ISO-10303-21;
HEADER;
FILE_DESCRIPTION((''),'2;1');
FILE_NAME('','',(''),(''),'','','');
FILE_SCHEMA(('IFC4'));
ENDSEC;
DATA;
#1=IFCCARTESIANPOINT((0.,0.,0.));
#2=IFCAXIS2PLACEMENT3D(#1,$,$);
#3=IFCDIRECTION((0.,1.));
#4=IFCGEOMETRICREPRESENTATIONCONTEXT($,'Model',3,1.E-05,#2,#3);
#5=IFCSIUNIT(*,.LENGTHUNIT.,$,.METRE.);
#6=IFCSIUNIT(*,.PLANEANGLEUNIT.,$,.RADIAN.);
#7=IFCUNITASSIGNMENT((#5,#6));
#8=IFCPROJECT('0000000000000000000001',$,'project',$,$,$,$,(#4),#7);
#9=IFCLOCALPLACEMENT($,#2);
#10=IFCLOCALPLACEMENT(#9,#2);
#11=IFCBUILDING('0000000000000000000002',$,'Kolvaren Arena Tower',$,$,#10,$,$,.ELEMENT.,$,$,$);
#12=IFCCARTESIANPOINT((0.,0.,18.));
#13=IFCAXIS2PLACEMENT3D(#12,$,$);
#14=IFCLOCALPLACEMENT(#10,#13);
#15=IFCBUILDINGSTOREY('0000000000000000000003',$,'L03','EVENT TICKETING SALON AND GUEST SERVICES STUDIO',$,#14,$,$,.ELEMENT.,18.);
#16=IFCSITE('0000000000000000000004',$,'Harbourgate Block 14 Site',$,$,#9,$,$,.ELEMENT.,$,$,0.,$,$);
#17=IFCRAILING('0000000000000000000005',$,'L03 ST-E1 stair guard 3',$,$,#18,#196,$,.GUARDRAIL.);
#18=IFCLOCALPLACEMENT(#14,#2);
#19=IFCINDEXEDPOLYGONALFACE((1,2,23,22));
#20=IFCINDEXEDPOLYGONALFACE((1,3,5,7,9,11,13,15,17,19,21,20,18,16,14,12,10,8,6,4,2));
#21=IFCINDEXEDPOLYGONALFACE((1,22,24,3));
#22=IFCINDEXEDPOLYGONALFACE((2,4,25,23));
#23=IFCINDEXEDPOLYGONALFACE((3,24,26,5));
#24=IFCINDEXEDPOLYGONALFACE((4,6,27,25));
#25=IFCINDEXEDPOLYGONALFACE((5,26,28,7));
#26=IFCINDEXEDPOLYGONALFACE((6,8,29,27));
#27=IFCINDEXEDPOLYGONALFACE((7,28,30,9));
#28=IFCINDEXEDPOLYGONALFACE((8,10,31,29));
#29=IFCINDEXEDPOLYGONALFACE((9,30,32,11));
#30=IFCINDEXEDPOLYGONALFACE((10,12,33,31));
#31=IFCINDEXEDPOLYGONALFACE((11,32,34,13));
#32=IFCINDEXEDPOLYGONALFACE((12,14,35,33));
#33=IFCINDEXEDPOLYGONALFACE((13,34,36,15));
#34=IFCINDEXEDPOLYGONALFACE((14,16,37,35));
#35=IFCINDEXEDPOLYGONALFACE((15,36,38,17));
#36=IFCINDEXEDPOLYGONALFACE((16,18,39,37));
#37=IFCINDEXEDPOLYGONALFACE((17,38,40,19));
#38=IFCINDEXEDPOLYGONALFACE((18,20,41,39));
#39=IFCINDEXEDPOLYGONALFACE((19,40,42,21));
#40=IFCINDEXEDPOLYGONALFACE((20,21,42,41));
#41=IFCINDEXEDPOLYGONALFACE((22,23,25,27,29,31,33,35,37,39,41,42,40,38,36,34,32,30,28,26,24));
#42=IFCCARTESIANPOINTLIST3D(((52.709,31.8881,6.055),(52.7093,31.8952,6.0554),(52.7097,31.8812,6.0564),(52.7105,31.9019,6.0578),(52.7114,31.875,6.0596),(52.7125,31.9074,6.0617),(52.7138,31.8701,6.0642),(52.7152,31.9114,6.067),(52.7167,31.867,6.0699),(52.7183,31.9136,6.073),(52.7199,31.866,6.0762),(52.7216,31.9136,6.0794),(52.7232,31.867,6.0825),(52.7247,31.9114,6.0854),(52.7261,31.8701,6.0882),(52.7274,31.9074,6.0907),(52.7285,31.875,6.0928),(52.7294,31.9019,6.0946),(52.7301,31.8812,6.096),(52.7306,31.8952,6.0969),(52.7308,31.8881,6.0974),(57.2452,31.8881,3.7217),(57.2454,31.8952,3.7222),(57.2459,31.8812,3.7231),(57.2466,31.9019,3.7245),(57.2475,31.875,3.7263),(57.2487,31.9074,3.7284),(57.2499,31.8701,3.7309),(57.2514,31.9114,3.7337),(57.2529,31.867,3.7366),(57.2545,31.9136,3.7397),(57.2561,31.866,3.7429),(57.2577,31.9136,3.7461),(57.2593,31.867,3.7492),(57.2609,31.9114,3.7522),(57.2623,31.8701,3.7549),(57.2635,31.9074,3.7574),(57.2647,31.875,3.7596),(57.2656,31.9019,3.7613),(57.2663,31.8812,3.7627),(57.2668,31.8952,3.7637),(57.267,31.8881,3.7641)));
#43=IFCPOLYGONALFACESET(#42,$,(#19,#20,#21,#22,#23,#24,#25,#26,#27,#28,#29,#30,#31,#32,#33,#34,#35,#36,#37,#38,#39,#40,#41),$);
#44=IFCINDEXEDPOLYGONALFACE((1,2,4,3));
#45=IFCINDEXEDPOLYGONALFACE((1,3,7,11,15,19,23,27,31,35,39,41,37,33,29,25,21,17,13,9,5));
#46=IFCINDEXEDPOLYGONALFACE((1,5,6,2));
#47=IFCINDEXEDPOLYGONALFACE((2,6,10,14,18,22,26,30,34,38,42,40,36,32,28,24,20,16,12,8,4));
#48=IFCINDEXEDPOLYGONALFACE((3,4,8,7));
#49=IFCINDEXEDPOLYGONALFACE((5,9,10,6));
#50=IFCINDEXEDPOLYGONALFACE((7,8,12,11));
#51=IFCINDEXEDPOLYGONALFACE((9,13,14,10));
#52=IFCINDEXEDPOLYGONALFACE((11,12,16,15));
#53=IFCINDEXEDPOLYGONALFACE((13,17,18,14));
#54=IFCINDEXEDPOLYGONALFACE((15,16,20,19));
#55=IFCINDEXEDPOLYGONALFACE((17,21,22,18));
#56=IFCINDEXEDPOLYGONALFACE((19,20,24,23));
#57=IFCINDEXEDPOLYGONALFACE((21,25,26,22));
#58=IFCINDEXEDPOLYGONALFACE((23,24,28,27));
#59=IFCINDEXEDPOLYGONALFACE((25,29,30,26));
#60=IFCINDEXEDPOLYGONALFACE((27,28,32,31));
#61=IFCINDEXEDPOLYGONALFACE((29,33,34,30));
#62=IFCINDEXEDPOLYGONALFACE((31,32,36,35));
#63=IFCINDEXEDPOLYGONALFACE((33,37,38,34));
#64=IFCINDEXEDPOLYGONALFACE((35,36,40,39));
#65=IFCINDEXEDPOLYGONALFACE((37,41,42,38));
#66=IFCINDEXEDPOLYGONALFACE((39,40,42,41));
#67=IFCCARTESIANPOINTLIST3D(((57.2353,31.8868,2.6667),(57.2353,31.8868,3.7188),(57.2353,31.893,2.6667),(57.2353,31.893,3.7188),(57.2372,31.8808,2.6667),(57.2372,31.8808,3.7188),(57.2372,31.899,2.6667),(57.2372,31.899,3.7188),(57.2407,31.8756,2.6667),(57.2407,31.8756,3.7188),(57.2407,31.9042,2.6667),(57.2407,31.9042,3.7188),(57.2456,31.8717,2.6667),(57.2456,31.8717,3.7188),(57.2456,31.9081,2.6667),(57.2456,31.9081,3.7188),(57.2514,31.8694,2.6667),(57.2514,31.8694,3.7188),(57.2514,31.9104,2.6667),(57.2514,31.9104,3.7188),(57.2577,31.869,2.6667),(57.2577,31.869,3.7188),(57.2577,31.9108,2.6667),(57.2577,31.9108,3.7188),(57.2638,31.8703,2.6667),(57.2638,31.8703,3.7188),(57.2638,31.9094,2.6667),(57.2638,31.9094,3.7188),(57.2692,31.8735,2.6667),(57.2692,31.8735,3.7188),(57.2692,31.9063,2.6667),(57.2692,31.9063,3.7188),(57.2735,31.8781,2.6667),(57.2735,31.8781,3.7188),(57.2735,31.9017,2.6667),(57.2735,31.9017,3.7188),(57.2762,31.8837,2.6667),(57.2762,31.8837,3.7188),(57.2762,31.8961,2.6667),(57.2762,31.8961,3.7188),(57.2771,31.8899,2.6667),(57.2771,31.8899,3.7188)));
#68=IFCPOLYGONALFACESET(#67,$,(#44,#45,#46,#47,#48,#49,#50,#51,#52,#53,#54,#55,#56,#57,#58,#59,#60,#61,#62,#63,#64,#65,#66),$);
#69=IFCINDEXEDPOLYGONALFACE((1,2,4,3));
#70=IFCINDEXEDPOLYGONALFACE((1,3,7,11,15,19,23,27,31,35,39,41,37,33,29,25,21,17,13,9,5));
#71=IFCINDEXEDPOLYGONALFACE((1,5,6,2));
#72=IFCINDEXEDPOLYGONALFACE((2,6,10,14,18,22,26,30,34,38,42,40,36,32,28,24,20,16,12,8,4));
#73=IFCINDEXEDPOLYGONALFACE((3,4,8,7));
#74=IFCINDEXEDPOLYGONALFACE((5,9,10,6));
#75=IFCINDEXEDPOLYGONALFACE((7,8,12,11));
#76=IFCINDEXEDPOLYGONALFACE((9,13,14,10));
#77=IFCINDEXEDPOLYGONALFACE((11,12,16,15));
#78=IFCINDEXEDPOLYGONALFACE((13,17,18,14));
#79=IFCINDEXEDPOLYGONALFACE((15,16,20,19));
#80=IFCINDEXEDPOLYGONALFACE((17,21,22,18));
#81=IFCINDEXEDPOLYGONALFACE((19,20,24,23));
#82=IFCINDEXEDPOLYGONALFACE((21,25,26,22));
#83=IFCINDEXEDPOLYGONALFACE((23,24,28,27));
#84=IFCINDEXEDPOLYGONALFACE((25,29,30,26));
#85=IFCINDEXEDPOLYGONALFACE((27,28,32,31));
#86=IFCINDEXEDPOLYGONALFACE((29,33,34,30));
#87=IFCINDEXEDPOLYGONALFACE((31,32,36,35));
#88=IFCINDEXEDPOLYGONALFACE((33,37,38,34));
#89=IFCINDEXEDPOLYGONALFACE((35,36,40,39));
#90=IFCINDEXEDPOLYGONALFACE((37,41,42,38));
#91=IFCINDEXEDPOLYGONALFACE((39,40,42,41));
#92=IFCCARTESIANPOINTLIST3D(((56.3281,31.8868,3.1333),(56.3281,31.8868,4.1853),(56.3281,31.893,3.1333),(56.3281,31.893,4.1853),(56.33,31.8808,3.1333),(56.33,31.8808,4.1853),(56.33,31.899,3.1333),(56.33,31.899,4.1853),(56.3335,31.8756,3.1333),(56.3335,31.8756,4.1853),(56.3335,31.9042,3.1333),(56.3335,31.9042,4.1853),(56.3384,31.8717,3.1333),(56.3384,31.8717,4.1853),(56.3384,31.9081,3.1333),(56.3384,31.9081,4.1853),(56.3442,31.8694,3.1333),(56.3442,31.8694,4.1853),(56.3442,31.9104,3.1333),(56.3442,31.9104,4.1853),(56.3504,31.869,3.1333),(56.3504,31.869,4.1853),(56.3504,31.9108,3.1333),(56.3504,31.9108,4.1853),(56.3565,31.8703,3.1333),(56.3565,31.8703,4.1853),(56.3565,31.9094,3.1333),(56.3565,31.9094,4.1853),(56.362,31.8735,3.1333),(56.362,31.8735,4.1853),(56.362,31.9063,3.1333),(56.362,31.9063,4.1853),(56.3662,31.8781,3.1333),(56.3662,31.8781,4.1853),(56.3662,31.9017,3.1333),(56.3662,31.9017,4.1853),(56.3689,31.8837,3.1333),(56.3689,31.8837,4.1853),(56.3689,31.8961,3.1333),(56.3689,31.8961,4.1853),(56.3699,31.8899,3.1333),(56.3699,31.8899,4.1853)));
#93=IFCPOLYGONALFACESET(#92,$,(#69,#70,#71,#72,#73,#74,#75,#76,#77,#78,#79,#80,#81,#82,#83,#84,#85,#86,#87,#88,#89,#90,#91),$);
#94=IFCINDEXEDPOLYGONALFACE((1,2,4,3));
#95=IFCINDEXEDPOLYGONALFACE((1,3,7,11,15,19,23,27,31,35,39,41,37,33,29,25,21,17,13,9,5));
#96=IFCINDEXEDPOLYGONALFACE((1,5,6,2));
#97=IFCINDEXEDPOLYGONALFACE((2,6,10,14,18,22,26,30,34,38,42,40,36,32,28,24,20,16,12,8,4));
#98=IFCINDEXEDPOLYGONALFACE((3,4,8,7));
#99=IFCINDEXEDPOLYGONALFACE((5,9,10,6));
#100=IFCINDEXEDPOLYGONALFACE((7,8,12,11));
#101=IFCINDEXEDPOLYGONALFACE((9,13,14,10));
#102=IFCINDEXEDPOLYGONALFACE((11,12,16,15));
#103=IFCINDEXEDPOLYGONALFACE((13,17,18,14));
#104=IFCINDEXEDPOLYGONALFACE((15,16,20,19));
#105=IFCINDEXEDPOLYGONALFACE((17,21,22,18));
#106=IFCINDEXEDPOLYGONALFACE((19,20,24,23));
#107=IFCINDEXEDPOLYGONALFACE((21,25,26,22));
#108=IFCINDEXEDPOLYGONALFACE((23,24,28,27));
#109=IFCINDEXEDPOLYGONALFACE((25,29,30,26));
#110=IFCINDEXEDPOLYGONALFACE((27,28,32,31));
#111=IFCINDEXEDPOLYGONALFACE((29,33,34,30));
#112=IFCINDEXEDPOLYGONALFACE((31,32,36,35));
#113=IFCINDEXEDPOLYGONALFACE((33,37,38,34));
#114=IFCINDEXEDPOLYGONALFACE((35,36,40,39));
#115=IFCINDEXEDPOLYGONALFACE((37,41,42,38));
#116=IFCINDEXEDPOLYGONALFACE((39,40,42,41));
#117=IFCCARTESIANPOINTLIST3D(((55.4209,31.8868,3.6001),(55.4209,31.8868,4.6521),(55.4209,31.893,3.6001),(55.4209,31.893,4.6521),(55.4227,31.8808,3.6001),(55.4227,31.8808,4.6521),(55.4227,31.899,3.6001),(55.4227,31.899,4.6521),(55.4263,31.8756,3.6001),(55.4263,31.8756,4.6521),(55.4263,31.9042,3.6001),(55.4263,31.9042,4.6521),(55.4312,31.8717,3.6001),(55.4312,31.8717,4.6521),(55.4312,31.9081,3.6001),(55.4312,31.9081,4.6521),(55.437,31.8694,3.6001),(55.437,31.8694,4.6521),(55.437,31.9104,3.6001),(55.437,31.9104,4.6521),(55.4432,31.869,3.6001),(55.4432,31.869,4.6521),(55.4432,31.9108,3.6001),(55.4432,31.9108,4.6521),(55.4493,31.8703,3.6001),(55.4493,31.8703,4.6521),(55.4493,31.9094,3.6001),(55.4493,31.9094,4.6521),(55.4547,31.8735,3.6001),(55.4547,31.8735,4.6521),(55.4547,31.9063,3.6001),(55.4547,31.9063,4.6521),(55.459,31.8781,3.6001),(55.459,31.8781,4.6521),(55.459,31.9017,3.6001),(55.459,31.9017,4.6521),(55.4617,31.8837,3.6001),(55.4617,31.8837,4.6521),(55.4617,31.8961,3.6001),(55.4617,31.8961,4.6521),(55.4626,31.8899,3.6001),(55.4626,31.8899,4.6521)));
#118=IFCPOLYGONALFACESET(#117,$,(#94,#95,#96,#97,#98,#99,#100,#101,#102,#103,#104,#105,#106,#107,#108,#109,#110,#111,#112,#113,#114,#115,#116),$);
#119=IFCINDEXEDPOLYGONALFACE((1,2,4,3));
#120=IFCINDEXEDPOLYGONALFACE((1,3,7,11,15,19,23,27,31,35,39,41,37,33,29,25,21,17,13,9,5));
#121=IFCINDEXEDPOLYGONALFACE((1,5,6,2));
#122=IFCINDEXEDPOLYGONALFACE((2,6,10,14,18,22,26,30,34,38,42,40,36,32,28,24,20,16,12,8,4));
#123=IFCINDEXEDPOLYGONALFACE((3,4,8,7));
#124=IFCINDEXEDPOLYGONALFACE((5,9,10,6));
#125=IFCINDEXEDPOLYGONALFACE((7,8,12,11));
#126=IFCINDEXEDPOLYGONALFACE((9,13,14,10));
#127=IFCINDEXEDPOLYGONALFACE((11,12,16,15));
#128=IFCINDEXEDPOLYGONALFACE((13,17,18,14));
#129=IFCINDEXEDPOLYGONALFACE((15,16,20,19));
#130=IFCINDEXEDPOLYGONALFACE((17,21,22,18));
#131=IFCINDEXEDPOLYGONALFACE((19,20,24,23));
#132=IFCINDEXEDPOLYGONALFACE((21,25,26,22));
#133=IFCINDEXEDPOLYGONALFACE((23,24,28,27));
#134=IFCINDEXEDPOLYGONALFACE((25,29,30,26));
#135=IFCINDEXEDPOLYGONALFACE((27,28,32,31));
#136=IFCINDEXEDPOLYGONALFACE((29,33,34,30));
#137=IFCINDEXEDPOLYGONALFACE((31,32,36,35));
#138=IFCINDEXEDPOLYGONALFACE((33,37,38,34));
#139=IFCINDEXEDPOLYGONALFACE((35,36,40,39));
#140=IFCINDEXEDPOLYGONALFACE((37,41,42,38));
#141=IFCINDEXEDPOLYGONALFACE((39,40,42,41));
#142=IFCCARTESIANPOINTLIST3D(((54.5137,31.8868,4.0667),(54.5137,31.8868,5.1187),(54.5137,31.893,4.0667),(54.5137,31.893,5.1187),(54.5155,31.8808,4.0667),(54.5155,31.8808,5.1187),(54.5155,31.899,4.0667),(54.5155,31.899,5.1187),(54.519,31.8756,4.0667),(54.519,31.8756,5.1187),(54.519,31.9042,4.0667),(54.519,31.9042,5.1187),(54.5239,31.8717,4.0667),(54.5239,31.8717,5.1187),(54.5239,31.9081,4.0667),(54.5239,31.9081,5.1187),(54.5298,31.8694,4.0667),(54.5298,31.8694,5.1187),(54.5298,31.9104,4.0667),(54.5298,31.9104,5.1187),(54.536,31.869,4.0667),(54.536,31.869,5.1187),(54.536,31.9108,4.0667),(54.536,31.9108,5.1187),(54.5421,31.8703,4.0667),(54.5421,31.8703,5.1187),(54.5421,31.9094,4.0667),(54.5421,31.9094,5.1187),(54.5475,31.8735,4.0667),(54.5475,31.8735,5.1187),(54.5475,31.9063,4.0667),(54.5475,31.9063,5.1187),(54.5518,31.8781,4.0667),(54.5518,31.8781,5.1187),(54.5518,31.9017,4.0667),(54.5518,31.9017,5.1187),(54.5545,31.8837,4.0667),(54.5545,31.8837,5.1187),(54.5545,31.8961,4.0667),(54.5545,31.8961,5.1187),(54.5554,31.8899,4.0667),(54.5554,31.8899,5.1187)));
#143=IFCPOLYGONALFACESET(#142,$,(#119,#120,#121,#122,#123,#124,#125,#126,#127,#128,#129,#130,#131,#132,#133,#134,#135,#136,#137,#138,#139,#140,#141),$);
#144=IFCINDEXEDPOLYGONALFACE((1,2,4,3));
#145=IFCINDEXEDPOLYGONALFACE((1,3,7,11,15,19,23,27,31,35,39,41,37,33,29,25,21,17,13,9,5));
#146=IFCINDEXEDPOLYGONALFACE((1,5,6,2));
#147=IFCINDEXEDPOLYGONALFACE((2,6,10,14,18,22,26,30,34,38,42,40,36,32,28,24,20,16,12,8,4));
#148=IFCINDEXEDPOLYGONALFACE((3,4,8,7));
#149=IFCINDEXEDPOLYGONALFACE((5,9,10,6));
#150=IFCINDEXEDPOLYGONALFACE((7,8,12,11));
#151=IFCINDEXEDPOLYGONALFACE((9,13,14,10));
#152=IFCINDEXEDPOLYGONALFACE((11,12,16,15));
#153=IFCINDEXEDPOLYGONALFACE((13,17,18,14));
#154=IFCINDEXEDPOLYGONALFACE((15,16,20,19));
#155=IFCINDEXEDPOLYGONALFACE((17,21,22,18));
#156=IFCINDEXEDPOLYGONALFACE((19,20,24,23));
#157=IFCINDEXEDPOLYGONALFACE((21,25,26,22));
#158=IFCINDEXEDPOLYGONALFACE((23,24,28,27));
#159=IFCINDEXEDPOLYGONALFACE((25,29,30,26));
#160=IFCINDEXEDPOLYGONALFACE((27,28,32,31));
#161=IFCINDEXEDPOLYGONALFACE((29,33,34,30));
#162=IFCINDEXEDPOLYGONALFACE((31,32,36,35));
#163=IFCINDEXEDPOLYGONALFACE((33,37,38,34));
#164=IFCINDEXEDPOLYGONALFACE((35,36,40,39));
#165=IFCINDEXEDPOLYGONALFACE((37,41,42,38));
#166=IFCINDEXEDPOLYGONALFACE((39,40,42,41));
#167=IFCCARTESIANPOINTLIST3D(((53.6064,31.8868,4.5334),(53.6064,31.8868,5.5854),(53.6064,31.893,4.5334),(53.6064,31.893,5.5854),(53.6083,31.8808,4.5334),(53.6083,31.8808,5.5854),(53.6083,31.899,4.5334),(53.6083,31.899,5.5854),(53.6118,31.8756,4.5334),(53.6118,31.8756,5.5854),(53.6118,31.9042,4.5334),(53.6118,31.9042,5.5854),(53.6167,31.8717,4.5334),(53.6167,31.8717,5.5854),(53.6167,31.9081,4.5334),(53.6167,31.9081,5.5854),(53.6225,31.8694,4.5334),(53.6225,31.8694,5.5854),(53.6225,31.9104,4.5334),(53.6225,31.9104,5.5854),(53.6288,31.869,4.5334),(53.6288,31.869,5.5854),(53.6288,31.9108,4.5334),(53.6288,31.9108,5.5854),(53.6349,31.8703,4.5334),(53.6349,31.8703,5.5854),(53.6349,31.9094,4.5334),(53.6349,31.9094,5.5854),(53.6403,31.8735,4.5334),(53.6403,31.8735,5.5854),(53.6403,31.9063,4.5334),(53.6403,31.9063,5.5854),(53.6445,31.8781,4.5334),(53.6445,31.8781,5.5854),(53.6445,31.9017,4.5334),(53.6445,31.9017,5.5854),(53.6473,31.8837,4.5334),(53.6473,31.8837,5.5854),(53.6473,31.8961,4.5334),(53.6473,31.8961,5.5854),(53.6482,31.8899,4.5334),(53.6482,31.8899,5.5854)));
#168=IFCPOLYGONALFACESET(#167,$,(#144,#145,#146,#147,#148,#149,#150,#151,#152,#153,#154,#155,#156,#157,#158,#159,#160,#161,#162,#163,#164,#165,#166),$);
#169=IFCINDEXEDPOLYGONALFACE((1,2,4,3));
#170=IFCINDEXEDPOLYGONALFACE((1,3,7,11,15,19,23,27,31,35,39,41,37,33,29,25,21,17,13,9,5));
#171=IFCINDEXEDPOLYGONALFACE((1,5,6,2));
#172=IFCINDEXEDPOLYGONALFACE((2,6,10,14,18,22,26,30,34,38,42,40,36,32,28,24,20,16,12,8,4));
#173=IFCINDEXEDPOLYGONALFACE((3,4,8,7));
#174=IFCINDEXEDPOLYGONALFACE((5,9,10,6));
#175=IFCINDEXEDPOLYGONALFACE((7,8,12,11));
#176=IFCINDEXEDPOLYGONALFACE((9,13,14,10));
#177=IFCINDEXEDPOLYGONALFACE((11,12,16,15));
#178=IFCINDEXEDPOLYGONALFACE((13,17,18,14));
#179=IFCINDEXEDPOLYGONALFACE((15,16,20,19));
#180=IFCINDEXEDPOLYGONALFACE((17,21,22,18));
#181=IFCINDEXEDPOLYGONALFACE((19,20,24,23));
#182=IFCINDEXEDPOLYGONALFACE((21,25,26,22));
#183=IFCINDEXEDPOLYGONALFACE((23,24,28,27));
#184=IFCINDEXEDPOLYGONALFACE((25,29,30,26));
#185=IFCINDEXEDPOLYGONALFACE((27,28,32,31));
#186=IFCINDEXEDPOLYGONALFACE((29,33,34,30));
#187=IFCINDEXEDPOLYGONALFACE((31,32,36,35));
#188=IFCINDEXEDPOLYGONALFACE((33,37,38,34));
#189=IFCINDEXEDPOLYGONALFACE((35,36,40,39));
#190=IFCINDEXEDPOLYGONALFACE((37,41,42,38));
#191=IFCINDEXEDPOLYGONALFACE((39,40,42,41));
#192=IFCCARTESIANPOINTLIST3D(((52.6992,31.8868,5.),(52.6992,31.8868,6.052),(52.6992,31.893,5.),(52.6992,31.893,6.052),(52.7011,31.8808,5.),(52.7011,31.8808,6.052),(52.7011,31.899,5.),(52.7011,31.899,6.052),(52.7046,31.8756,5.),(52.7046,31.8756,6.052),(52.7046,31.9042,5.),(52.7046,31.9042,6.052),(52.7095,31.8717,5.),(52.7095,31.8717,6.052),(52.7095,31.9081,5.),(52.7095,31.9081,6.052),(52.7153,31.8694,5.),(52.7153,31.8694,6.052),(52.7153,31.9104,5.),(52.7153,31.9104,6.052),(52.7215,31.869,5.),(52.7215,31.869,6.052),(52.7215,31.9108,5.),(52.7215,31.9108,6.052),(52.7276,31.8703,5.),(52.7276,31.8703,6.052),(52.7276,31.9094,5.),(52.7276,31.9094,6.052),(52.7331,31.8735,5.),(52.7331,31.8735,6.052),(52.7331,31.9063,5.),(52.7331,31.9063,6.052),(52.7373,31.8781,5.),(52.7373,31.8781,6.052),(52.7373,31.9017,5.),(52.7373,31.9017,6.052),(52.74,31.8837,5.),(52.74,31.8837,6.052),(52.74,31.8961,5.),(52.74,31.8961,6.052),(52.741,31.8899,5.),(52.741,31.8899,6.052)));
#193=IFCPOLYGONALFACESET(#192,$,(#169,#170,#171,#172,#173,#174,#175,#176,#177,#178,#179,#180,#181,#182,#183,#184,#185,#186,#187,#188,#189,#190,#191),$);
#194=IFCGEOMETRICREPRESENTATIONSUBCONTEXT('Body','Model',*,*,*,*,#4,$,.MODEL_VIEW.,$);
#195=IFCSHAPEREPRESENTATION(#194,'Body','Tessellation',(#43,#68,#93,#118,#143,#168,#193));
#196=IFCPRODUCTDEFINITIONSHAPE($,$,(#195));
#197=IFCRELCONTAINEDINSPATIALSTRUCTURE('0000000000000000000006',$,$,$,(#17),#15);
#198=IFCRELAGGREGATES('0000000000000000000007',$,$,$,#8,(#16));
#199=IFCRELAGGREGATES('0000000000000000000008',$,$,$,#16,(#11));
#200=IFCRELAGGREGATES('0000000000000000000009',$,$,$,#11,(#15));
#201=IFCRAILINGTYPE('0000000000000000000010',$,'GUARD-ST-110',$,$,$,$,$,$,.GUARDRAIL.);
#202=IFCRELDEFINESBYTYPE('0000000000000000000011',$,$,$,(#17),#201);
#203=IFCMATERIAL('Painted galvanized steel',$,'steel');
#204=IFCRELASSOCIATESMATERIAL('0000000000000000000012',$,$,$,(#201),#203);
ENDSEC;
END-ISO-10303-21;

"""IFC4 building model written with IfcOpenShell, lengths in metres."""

from ifc_helpers import new_model, si_unit, direction, frame, origin, origin_2d, place, context, subcontext, project, spatial, circle, extrude, material, type_object, element, save


model = new_model("IFC4")

# Units and contexts
model_context = context("Model", 3, precision=1e-05, world=origin(), true_north=direction((0.0, 1.0)))
body_context = subcontext(model_context, "Body", "Model", "MODEL_VIEW")
ifc_project = project(units=[si_unit("LENGTHUNIT", "METRE"), si_unit("PLANEANGLEUNIT", "RADIAN")], contexts=[model_context])

# Site, building, storey
site_placement = place(None, origin())
site = spatial("IfcSite", under=ifc_project, at=site_placement, Name="Harbourgate Block 14 Site", CompositionType="ELEMENT", RefElevation=0.0)
building_placement = place(site_placement, origin())
building = spatial("IfcBuilding", under=site, at=building_placement, Name="Kolvaren Arena Tower", CompositionType="ELEMENT")
storey_placement = place(building_placement, frame((0.0, 0.0, 18.0)))
storey = spatial("IfcBuildingStorey", under=building, at=storey_placement, Name="L03", Description="EVENT TICKETING SALON AND GUEST SERVICES STUDIO", CompositionType="ELEMENT", Elevation=18.0)

# Railing
ifc_material_1 = material(Name="Painted galvanized steel", Category="steel")
railing_type_1 = type_object("IfcRailingType", Name="GUARD-ST-110", PredefinedType="GUARDRAIL", material=ifc_material_1)
railing_1_placement = place(storey_placement, frame((57.2561, 31.8899, 2.6667)))
element("IfcRailing", 1, at=railing_1_placement, inside=storey, type_object=railing_type_1, Name="L03 ST-E1 stair guard 3", PredefinedType="GUARDRAIL", context=body_context, shape_type="SweptSolid", body=[
    extrude(circle(Radius=0.0239, at=origin_2d()), frame((0.0, 0.0, 1.0762), z_axis=(-0.889257, 0.0, 0.457407), x_axis=(0.0, -1.0, 0.0)), (0.0, 0.0, 1.0), 5.1011),
    extrude(circle(Radius=0.021, at=origin_2d()), origin(), (0.0, 0.0, 1.0), 1.052),
    extrude(circle(Radius=0.021, at=origin_2d()), frame((-0.9072, 0.0, 0.4666)), (0.0, 0.0, 1.0), 1.052),
    extrude(circle(Radius=0.021, at=origin_2d()), frame((-1.8145, 0.0, 0.9333)), (0.0, 0.0, 1.0), 1.052),
    extrude(circle(Radius=0.021, at=origin_2d()), frame((-2.7217, 0.0, 1.3999)), (0.0, 0.0, 1.0), 1.052),
    extrude(circle(Radius=0.021, at=origin_2d()), frame((-3.6289, 0.0, 1.8667)), (0.0, 0.0, 1.0), 1.052),
    extrude(circle(Radius=0.021, at=origin_2d()), frame((-4.5361, 0.0, 2.3333)), (0.0, 0.0, 1.0), 1.052),
])

save(model, "model.ifc")
